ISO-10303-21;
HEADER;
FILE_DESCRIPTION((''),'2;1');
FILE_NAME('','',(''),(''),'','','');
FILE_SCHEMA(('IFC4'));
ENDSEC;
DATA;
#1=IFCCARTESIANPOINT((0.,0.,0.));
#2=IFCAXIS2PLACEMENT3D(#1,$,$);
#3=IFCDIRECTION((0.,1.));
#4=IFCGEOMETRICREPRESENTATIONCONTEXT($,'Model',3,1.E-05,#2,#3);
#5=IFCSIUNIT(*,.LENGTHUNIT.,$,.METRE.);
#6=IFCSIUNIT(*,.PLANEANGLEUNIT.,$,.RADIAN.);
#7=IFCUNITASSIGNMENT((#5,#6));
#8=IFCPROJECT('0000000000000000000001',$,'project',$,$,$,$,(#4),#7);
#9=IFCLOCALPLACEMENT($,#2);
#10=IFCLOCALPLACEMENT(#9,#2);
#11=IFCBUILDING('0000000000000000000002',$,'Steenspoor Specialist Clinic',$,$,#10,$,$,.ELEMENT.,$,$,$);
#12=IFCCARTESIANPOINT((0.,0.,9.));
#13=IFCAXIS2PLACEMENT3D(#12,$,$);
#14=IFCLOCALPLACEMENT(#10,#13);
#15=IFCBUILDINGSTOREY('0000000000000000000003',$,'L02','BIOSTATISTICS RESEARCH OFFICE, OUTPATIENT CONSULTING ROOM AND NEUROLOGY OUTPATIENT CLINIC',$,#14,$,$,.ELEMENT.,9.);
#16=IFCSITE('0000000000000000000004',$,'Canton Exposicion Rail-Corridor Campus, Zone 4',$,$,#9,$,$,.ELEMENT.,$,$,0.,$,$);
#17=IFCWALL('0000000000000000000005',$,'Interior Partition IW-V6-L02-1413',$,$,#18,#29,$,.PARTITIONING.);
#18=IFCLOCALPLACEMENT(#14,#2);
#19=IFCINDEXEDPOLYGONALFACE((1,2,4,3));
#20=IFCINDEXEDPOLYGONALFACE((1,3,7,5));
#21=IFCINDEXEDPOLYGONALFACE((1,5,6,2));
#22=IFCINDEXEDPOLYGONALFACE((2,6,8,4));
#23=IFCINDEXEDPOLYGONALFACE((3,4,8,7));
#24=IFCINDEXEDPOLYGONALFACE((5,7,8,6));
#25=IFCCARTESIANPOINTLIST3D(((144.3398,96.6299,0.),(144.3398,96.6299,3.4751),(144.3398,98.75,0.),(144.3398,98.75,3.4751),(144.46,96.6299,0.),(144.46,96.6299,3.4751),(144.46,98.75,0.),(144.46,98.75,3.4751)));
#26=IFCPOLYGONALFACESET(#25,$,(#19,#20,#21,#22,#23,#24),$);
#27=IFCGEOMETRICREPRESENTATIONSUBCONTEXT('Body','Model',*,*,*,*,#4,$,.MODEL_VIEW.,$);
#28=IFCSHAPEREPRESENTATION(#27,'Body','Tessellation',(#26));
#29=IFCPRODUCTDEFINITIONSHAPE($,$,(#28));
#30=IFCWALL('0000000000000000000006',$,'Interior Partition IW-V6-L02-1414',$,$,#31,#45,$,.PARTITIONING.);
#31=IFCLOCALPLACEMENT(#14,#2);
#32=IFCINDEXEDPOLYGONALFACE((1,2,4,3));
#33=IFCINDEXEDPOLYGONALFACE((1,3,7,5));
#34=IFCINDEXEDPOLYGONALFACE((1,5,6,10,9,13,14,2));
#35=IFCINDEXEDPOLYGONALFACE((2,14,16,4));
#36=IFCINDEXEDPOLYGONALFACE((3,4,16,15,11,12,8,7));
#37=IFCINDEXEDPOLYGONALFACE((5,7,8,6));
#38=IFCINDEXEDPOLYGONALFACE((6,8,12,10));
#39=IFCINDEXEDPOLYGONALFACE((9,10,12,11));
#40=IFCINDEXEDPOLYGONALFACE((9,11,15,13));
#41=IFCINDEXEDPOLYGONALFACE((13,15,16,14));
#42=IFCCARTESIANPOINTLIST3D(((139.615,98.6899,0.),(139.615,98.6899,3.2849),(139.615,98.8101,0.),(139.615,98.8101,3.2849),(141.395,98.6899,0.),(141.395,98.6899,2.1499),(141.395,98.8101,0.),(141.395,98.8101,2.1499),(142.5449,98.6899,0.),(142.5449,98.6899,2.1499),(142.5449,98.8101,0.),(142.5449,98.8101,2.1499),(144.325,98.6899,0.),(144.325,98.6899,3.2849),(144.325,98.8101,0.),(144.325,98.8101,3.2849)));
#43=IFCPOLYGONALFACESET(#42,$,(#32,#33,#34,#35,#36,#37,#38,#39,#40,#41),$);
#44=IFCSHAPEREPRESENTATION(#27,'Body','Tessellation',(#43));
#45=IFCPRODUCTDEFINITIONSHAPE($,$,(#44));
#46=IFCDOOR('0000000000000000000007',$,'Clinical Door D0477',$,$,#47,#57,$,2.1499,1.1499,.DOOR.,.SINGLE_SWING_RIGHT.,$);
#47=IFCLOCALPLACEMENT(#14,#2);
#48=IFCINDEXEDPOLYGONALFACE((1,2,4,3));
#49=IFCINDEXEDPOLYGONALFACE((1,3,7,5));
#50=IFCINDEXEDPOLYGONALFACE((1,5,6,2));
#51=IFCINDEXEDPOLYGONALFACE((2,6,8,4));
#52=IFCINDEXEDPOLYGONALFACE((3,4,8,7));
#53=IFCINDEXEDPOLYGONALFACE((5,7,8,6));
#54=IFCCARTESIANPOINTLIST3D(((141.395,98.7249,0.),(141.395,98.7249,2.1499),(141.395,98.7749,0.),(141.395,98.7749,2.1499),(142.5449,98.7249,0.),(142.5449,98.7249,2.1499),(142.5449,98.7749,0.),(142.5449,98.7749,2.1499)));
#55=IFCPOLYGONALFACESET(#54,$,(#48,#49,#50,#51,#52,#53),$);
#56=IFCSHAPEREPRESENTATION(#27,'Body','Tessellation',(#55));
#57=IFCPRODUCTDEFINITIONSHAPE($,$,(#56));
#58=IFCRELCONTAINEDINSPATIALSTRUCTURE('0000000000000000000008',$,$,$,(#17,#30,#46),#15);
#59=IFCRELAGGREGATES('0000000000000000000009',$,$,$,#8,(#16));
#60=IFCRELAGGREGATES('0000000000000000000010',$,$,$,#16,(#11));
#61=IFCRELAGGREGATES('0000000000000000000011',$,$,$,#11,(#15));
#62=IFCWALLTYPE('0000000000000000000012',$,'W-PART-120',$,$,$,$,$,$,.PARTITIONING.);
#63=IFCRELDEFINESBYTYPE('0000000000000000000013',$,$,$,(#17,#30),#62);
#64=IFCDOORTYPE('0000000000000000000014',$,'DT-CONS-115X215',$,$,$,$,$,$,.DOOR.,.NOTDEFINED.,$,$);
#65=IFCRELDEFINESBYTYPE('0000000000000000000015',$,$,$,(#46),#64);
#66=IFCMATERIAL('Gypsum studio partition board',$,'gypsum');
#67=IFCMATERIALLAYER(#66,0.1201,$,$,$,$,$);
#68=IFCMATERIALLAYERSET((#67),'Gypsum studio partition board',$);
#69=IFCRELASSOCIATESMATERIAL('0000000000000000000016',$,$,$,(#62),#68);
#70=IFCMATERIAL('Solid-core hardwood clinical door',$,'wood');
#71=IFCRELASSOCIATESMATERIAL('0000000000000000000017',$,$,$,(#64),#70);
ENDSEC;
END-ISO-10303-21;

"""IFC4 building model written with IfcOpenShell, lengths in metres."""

from ifc_helpers import new_model, si_unit, direction, frame, frame_2d, origin, place, context, subcontext, project, spatial, rectangle, extrude, material, layer, layer_set, type_object, element, fill, save


model = new_model("IFC4")

# Units and contexts
model_context = context("Model", 3, precision=1e-05, world=origin(), true_north=direction((0.0, 1.0)))
body_context = subcontext(model_context, "Body", "Model", "MODEL_VIEW")
ifc_project = project(units=[si_unit("LENGTHUNIT", "METRE"), si_unit("PLANEANGLEUNIT", "RADIAN")], contexts=[model_context])

# Site, building, storey
site_placement = place(None, origin())
site = spatial("IfcSite", under=ifc_project, at=site_placement, Name="Canton Exposicion Rail-Corridor Campus, Zone 4", CompositionType="ELEMENT", RefElevation=0.0)
building_placement = place(site_placement, origin())
building = spatial("IfcBuilding", under=site, at=building_placement, Name="Steenspoor Specialist Clinic", CompositionType="ELEMENT")
storey_placement = place(building_placement, frame((0.0, 0.0, 9.0)))
storey = spatial("IfcBuildingStorey", under=building, at=storey_placement, Name="L02", Description="BIOSTATISTICS RESEARCH OFFICE, OUTPATIENT CONSULTING ROOM AND NEUROLOGY OUTPATIENT CLINIC", CompositionType="ELEMENT", Elevation=9.0)

# Wall
ifc_material_1 = material(Name="Gypsum studio partition board", Category="gypsum")
ifc_layer_1 = layer(ifc_material_1, 0.1201)
ifc_layer_set_1 = layer_set([ifc_layer_1], Name="Gypsum studio partition board")
wall_type_1 = type_object("IfcWallType", Name="W-PART-120", PredefinedType="PARTITIONING", material=ifc_layer_set_1)
wall_1_placement = place(storey_placement, frame((144.3999, 96.6299, 0.0), z_axis=(0.0, 0.0, 1.0), x_axis=(0.0, 1.0, 0.0)))
element("IfcWall", 1, at=wall_1_placement, inside=storey, type_object=wall_type_1, Name="Interior Partition IW-V6-L02-1413", PredefinedType="PARTITIONING", context=body_context, shape_type="SweptSolid", body=[
    extrude(rectangle(XDim=2.1201, YDim=0.1201, at=frame_2d((1.0601, 0.0))), origin(), (0.0, 0.0, 1.0), 3.4751),
])

# Wall, opening, door
wall_2_placement = place(storey_placement, frame((139.615, 98.75, 0.0), z_axis=(0.0, 0.0, 1.0), x_axis=(1.0, 0.0, 0.0)))
wall_2 = element("IfcWall", 2, at=wall_2_placement, inside=storey, type_object=wall_type_1, Name="Interior Partition IW-V6-L02-1414", PredefinedType="PARTITIONING", context=body_context, shape_type="SweptSolid", body=[
    extrude(rectangle(XDim=4.71, YDim=0.1201, at=frame_2d((2.355, 0.0))), origin(), (0.0, 0.0, 1.0), 3.2849),
])
opening_1_placement = place(wall_2_placement, frame((1.78, 0.0, 0.0)))
opening_1 = element("IfcOpeningElement", 3, at=opening_1_placement, cuts=wall_2, PredefinedType="OPENING", context=body_context, shape_type="SweptSolid", body=[
    extrude(rectangle(XDim=1.1499, YDim=2.1499, at=frame_2d((0.575, 1.075))), frame((0.0, 0.0701, 0.0), z_axis=(0.0, -1.0, 0.0), x_axis=(1.0, 0.0, 0.0)), (0.0, 0.0, 1.0), 0.1401),
])
ifc_material_2 = material(Name="Solid-core hardwood clinical door", Category="wood")
door_type = type_object("IfcDoorType", Name="DT-CONS-115X215", OperationType="NOTDEFINED", PredefinedType="DOOR", material=ifc_material_2)
door_placement = place(opening_1_placement, origin())
door = element("IfcDoor", 4, at=door_placement, inside=storey, type_object=door_type, Name="Clinical Door D0477", OperationType="SINGLE_SWING_RIGHT", OverallHeight=2.1499, OverallWidth=1.1499, PredefinedType="DOOR", context=body_context, shape_type="SweptSolid", body=[
    extrude(rectangle(XDim=1.1499, YDim=2.1499, at=frame_2d((0.575, 1.075))), frame((0.0, 0.0249, 0.0), z_axis=(0.0, -1.0, 0.0), x_axis=(1.0, 0.0, 0.0)), (0.0, 0.0, 1.0), 0.05),
])
fill(opening_1, door)

save(model, "model.ifc")
